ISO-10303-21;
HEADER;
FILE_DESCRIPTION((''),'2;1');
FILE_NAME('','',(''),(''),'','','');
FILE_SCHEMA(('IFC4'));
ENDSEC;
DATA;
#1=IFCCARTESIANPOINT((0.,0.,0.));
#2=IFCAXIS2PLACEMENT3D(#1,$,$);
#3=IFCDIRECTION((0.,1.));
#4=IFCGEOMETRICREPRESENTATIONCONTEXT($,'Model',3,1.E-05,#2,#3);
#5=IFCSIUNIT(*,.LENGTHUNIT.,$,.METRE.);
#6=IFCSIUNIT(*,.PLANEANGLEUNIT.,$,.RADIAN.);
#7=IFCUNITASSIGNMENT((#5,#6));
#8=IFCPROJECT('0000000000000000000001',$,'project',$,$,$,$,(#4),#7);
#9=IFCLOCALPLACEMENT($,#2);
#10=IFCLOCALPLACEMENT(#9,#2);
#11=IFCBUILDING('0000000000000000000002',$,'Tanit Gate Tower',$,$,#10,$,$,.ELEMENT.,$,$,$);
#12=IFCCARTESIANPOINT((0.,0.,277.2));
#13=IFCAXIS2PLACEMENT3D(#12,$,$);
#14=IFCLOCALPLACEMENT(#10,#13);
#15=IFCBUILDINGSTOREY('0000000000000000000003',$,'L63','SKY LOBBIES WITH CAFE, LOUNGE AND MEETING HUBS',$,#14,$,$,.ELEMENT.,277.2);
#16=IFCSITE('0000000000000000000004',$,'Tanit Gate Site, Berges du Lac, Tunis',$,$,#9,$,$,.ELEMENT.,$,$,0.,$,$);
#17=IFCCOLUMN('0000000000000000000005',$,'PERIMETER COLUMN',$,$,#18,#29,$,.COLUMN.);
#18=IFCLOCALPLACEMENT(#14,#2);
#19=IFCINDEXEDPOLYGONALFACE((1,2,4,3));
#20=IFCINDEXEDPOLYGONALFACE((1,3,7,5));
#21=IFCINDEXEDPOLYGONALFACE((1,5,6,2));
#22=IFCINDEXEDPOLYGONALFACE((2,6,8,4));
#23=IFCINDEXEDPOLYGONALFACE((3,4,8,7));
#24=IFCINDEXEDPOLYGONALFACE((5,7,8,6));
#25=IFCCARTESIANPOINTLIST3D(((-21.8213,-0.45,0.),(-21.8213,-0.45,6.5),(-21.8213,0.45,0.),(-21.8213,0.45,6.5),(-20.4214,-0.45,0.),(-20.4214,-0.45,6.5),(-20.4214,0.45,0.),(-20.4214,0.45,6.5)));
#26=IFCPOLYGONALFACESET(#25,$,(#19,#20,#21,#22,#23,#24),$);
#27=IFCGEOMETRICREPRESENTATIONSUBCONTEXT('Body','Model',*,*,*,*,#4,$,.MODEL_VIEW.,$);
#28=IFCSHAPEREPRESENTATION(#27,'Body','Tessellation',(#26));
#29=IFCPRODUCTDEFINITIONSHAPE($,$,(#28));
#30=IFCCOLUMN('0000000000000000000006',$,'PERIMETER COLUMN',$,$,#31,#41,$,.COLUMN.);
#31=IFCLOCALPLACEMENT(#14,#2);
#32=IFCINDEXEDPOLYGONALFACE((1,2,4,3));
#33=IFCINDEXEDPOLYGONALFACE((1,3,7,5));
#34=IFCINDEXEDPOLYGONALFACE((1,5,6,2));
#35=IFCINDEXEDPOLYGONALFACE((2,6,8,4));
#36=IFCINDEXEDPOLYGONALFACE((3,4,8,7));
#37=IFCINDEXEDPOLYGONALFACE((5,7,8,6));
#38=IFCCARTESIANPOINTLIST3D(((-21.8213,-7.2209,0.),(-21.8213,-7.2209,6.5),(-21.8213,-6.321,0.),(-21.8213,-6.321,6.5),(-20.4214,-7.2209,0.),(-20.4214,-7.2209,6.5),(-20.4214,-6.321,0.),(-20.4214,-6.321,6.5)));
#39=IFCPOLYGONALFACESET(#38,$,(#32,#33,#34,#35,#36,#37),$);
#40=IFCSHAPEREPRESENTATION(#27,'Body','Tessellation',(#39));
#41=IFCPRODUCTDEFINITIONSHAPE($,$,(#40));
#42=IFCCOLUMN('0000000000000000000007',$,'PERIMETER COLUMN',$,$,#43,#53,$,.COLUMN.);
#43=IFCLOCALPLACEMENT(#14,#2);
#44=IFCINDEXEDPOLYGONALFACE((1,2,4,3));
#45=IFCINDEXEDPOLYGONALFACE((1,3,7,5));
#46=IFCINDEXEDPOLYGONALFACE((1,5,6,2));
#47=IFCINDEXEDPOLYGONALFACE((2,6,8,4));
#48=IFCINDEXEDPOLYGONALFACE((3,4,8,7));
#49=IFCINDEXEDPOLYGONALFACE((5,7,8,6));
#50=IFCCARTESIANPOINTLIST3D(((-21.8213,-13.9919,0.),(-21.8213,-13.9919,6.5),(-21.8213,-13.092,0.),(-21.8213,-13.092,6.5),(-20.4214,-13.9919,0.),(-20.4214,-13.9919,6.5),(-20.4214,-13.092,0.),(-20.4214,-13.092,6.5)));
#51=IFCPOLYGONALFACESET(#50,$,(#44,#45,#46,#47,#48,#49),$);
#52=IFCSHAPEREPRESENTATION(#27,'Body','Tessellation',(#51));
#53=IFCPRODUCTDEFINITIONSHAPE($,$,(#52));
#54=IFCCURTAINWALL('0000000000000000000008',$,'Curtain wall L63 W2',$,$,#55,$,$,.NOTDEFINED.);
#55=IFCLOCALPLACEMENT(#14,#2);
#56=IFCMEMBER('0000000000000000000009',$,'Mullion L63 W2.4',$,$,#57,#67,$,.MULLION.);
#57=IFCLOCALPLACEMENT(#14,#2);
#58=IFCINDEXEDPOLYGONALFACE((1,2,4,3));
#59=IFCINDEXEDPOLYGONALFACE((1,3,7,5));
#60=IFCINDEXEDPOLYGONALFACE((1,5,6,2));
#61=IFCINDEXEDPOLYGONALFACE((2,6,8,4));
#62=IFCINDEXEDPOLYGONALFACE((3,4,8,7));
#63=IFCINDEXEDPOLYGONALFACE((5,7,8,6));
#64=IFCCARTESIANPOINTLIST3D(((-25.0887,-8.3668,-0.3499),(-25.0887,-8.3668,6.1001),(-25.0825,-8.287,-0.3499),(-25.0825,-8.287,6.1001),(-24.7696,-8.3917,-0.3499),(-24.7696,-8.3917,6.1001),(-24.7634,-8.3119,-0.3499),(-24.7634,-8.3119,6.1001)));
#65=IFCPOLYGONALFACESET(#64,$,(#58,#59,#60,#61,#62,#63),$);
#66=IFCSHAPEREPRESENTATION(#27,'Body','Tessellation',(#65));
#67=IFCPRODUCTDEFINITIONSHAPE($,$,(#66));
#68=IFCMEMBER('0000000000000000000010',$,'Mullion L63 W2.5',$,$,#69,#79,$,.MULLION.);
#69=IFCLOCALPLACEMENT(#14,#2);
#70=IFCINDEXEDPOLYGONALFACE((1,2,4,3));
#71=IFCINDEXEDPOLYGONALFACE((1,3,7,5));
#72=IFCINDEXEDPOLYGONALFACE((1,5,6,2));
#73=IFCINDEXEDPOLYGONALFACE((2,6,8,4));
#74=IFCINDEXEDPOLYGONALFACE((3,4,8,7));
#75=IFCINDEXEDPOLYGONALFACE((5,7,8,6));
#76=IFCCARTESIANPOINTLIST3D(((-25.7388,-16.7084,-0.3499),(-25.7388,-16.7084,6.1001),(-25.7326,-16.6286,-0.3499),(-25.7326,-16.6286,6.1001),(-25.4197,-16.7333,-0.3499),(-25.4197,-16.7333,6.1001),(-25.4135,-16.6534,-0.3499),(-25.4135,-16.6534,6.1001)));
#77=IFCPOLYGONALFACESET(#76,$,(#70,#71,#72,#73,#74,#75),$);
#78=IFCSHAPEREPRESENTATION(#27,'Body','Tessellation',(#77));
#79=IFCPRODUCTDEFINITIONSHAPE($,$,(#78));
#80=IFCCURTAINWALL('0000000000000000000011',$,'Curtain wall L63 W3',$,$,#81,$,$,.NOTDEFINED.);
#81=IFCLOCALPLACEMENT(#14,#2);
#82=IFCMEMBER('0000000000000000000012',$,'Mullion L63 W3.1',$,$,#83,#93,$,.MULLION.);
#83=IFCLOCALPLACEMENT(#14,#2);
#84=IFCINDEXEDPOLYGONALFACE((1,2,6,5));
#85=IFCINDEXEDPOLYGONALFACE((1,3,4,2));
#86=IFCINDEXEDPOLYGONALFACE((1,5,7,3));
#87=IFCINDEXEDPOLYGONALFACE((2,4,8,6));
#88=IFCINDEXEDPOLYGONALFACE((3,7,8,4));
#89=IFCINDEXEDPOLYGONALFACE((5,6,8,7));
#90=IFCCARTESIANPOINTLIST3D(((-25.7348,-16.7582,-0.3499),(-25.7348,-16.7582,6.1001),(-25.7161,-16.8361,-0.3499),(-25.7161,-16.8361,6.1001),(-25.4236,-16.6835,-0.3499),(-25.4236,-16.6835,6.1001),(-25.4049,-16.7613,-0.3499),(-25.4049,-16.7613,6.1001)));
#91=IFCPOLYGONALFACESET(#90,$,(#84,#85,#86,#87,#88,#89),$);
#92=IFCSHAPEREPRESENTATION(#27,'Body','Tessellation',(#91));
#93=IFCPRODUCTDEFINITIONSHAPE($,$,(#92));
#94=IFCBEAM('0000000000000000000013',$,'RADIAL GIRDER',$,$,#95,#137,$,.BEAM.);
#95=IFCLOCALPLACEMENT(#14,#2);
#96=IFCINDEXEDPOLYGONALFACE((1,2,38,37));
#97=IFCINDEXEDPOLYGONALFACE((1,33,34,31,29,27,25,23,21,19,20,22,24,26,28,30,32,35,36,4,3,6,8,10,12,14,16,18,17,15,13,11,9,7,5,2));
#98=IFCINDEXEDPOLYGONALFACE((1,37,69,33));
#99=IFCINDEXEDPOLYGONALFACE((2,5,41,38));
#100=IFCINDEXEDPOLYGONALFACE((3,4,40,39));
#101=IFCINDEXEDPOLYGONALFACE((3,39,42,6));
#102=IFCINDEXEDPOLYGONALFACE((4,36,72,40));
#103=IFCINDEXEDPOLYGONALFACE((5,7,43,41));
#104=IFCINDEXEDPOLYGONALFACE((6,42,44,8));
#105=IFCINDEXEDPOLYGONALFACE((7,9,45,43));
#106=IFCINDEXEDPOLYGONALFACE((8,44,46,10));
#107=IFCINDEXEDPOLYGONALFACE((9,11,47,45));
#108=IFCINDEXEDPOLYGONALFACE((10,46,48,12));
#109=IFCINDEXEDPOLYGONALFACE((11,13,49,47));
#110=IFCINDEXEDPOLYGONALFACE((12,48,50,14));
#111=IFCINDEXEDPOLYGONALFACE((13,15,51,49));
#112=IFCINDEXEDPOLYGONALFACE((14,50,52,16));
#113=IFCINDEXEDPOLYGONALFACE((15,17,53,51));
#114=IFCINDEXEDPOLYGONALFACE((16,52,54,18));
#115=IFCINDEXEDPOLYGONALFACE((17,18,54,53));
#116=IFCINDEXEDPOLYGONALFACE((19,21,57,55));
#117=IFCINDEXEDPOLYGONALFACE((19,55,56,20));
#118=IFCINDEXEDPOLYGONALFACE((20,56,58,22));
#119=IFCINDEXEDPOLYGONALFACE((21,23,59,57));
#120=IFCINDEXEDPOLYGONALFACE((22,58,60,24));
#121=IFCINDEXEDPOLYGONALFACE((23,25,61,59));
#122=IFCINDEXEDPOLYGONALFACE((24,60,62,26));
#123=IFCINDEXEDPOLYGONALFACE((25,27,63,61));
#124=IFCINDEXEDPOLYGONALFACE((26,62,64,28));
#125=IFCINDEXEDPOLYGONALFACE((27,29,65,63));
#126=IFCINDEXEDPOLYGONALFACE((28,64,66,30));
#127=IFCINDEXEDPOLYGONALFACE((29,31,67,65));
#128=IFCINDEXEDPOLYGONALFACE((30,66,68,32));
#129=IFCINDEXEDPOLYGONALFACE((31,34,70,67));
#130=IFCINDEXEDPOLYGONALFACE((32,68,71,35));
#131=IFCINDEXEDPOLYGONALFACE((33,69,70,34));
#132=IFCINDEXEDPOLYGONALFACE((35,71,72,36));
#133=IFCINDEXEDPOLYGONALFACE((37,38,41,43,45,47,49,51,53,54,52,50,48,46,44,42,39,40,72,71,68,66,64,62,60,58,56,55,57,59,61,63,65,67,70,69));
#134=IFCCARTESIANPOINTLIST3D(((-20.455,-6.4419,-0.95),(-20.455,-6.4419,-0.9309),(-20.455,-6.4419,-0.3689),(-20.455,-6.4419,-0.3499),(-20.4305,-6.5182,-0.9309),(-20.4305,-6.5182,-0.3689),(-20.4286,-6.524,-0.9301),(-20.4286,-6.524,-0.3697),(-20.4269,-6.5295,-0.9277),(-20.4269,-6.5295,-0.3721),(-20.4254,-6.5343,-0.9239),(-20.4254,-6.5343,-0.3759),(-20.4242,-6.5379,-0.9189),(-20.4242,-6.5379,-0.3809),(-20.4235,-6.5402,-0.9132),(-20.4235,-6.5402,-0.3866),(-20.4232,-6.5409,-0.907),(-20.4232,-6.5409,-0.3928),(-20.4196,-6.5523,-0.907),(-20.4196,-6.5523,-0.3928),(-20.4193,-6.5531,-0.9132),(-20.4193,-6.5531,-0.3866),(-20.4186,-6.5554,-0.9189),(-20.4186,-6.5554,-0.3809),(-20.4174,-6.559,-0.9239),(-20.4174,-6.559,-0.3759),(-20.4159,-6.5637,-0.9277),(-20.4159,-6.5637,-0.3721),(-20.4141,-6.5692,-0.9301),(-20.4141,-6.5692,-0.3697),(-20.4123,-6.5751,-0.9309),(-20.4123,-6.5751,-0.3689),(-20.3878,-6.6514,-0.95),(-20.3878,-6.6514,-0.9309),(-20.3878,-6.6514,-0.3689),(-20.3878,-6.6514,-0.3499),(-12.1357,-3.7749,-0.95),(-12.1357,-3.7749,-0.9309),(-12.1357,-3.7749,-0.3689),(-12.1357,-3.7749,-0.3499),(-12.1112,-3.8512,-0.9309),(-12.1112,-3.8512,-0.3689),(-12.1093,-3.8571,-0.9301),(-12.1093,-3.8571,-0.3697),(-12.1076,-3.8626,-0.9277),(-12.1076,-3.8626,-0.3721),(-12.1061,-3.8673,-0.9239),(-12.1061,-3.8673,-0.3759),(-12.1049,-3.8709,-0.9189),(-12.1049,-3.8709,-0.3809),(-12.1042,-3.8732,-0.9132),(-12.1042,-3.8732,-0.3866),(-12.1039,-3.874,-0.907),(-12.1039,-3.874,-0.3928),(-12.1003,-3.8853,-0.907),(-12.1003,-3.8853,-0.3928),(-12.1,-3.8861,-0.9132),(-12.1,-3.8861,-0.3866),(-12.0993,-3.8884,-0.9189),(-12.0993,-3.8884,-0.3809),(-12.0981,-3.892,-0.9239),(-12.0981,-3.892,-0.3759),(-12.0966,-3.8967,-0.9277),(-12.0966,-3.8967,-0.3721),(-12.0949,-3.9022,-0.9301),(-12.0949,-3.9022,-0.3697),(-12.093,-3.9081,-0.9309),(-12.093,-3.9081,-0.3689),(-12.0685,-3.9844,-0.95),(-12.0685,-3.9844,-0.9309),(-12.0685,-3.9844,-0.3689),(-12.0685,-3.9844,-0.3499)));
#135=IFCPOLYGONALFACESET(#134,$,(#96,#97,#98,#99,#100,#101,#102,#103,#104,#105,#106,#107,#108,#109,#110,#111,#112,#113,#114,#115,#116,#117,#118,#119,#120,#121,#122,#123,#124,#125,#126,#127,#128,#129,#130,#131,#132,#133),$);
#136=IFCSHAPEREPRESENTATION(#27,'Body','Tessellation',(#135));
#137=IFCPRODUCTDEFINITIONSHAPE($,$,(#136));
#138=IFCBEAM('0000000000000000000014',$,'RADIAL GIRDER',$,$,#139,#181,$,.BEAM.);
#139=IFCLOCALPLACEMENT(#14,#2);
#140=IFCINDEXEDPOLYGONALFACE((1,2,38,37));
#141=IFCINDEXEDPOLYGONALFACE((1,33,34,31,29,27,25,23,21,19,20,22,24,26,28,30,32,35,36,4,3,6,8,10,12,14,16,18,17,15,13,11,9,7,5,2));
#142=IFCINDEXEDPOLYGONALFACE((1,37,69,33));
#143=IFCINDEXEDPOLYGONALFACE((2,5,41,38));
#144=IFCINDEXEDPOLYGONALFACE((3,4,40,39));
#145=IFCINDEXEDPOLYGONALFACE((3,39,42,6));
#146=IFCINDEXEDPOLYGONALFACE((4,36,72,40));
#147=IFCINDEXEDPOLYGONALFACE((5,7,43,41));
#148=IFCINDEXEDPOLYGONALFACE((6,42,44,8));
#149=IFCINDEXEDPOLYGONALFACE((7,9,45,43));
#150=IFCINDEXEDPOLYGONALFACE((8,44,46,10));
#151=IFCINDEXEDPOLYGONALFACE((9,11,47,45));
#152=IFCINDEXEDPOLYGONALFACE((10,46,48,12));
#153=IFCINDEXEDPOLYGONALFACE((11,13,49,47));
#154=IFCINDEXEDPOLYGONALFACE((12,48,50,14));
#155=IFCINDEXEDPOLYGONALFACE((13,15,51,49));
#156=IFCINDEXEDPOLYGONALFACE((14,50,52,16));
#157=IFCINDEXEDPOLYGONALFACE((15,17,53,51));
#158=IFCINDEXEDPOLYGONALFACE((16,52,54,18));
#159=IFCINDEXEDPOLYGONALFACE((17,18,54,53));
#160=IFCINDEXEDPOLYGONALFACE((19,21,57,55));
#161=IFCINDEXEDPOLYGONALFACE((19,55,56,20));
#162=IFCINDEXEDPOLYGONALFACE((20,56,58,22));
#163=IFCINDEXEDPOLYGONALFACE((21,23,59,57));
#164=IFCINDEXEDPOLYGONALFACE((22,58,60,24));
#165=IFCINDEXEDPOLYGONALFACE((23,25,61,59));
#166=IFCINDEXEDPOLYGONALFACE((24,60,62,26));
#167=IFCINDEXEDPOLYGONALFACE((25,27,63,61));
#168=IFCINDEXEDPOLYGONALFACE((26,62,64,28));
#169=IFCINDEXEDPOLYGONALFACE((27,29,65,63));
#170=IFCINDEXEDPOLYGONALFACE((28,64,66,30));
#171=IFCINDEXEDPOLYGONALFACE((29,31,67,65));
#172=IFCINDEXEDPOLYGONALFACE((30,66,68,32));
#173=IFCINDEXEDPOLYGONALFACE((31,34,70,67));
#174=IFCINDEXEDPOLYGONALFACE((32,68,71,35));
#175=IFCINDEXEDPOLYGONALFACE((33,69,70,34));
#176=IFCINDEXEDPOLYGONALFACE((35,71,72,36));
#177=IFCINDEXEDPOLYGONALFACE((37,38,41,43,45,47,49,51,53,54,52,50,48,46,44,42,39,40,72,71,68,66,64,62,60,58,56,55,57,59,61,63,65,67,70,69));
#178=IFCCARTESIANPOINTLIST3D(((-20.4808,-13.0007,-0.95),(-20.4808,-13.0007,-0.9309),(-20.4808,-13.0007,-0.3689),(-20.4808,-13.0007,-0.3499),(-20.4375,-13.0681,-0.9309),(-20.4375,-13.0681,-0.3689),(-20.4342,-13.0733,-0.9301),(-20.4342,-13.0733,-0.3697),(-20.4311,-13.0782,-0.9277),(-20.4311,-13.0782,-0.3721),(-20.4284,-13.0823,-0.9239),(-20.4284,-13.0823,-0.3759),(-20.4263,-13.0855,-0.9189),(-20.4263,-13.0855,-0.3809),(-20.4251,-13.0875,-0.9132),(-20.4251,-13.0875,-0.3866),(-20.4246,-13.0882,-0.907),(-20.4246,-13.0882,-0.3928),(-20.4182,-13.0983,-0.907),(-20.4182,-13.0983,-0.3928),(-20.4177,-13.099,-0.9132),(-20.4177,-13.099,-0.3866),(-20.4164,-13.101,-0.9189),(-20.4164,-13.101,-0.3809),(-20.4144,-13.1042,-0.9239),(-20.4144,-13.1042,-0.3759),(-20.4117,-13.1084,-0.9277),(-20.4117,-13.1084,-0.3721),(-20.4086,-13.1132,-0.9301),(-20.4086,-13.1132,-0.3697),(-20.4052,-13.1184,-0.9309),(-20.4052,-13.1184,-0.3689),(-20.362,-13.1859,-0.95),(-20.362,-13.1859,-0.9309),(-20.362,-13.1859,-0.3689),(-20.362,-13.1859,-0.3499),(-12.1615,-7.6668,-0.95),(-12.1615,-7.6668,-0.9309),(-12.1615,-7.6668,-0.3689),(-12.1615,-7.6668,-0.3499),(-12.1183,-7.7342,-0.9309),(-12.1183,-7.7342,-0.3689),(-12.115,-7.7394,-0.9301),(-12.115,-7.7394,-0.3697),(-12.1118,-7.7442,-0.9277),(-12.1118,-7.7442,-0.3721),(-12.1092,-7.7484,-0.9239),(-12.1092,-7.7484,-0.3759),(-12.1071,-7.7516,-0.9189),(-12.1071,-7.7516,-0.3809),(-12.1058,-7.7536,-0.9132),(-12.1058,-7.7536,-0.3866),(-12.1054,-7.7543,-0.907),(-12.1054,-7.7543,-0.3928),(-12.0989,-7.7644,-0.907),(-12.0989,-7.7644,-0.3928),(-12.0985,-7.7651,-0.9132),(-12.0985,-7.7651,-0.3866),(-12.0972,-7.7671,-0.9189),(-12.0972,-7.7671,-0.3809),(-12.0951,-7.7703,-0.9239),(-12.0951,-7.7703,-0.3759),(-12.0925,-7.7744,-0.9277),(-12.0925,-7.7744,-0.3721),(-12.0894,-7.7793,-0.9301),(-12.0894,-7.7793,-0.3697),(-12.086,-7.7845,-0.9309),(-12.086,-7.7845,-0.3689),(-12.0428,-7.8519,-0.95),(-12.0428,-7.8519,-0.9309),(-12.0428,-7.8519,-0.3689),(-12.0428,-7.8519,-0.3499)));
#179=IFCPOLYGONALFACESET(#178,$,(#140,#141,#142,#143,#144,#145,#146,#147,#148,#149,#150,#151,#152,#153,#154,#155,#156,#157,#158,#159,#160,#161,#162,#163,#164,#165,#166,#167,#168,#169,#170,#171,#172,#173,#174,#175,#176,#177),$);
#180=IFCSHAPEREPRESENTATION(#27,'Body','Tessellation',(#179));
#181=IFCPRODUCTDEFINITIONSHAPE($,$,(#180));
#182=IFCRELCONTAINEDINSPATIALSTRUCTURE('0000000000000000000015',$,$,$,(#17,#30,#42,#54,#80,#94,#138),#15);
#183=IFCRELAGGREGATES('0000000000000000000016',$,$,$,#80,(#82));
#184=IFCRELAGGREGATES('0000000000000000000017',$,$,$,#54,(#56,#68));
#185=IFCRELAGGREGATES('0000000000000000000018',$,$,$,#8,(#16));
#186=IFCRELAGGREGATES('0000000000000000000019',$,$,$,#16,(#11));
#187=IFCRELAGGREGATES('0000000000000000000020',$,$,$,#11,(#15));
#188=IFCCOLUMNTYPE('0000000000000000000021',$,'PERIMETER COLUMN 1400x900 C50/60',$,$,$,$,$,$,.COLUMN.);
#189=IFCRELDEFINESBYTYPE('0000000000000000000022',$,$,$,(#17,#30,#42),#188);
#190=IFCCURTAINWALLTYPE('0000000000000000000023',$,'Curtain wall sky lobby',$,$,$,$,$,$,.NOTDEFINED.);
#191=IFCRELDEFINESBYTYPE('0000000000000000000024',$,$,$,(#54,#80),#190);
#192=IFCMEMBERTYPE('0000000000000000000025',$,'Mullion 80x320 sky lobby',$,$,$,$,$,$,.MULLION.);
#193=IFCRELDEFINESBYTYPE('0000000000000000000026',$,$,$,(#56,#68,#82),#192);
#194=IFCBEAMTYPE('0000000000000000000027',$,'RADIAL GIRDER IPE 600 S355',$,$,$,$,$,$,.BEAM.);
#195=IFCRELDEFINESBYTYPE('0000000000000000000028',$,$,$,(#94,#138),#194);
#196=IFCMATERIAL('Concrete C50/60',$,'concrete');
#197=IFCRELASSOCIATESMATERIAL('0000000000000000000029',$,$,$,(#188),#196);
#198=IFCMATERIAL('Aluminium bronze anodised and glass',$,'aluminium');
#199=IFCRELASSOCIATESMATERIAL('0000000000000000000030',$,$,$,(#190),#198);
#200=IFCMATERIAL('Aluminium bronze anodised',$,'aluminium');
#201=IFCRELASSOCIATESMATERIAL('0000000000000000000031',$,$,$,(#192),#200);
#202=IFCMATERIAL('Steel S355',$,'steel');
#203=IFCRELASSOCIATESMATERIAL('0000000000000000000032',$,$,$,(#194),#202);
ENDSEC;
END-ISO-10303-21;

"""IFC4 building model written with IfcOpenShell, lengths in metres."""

from ifc_helpers import new_model, si_unit, direction, frame, origin, origin_2d, place, context, subcontext, project, spatial, rectangle, i_section, extrude, material, material_profile, profile_set, type_object, element, aggregate, save


model = new_model("IFC4")

# Units and contexts
model_context = context("Model", 3, precision=1e-05, world=origin(), true_north=direction((0.0, 1.0)))
body_context = subcontext(model_context, "Body", "Model", "MODEL_VIEW")
ifc_project = project(units=[si_unit("LENGTHUNIT", "METRE"), si_unit("PLANEANGLEUNIT", "RADIAN")], contexts=[model_context])

# Site, building, storey
site_placement = place(None, origin())
site = spatial("IfcSite", under=ifc_project, at=site_placement, Name="Tanit Gate Site, Berges du Lac, Tunis", CompositionType="ELEMENT", RefElevation=0.0)
building_placement = place(site_placement, origin())
building = spatial("IfcBuilding", under=site, at=building_placement, Name="Tanit Gate Tower", CompositionType="ELEMENT")
storey_placement = place(building_placement, frame((0.0, 0.0, 277.2)))
storey = spatial("IfcBuildingStorey", under=building, at=storey_placement, Name="L63", Description="SKY LOBBIES WITH CAFE, LOUNGE AND MEETING HUBS", CompositionType="ELEMENT", Elevation=277.2)

# Columns
ifc_material_1 = material(Name="Concrete C50/60", Category="concrete")
ifc_material_profile_1 = material_profile(ifc_material_1, rectangle(XDim=1.3999, YDim=0.8999, at=origin_2d()), Name="RC 1400x900")
ifc_profile_set_1 = profile_set([ifc_material_profile_1], Name="Concrete C50/60")
column_type = type_object("IfcColumnType", Name="PERIMETER COLUMN 1400x900 C50/60", PredefinedType="COLUMN", material=ifc_profile_set_1)
for number, where, z_axis, x_axis, name in (
    (1, (-21.1213, 0.0, 0.0), (0.0, 0.0, 1.0), (-1.0, 0.0, 0.0), "PERIMETER COLUMN"),
    (2, (-21.1213, -6.771, 0.0), (0.0, 0.0, 1.0), (-1.0, 0.0, 0.0), "PERIMETER COLUMN"),
    (3, (-21.1213, -13.542, 0.0), (0.0, 0.0, 1.0), (-1.0, 0.0, 0.0), "PERIMETER COLUMN"),
):
    element("IfcColumn", number, at=place(storey_placement, frame(where, z_axis=z_axis, x_axis=x_axis)), inside=storey, type_object=column_type, Name=name, PredefinedType="COLUMN", context=body_context, shape_type="SweptSolid", body=[
        extrude(rectangle(XDim=1.3999, YDim=0.8999, at=origin_2d()), origin(), (0.0, 0.0, 1.0), 6.5),
    ])

# Curtain wall, members
ifc_material_2 = material(Name="Aluminium bronze anodised and glass", Category="aluminium")
curtain_wall_type = type_object("IfcCurtainWallType", Name="Curtain wall sky lobby", PredefinedType="NOTDEFINED", material=ifc_material_2)
curtain_wall_1_placement = place(storey_placement, origin())
curtain_wall_1 = element("IfcCurtainWall", 4, at=curtain_wall_1_placement, inside=storey, type_object=curtain_wall_type, Name="Curtain wall L63 W2", PredefinedType="NOTDEFINED")
ifc_material_3 = material(Name="Aluminium bronze anodised", Category="aluminium")
ifc_material_profile_2 = material_profile(ifc_material_3, rectangle(XDim=0.3201, YDim=0.0801, at=origin_2d()), Name="80x320 bronze mullion")
ifc_profile_set_2 = profile_set([ifc_material_profile_2], Name="Aluminium bronze anodised")
member_type_1 = type_object("IfcMemberType", Name="Mullion 80x320 sky lobby", PredefinedType="MULLION", material=ifc_profile_set_2)
member_1_placement = place(storey_placement, frame((-24.926, -8.3394, -0.3499), z_axis=(0.0, 0.0, 1.0), x_axis=(0.996977, -0.077701, 0.0)))
member_1 = element("IfcMember", 5, at=member_1_placement, type_object=member_type_1, Name="Mullion L63 W2.4", PredefinedType="MULLION", context=body_context, shape_type="SweptSolid", body=[
    extrude(rectangle(XDim=0.3201, YDim=0.0801, at=origin_2d()), origin(), (0.0, 0.0, 1.0), 6.45),
])
member_2_placement = place(storey_placement, frame((-25.5762, -16.6809, -0.3499), z_axis=(0.0, 0.0, 1.0), x_axis=(0.996977, -0.077701, 0.0)))
member_2 = element("IfcMember", 6, at=member_2_placement, type_object=member_type_1, Name="Mullion L63 W2.5", PredefinedType="MULLION", context=body_context, shape_type="SweptSolid", body=[
    extrude(rectangle(XDim=0.3201, YDim=0.0801, at=origin_2d()), origin(), (0.0, 0.0, 1.0), 6.45),
])

# Curtain wall, member
curtain_wall_2_placement = place(storey_placement, origin())
curtain_wall_2 = element("IfcCurtainWall", 7, at=curtain_wall_2_placement, inside=storey, type_object=curtain_wall_type, Name="Curtain wall L63 W3", PredefinedType="NOTDEFINED")
member_3_placement = place(storey_placement, frame((-25.5698, -16.7598, -0.3499), z_axis=(0.0, 0.0, 1.0), x_axis=(0.972347, 0.233542, 0.0)))
member_3 = element("IfcMember", 8, at=member_3_placement, type_object=member_type_1, Name="Mullion L63 W3.1", PredefinedType="MULLION", context=body_context, shape_type="SweptSolid", body=[
    extrude(rectangle(XDim=0.3201, YDim=0.0801, at=origin_2d()), origin(), (0.0, 0.0, 1.0), 6.45),
])

# Beams
ifc_material_4 = material(Name="Steel S355", Category="steel")
ifc_material_profile_3 = material_profile(ifc_material_4, i_section(OverallWidth=0.22, OverallDepth=0.6001, WebThickness=0.012, FlangeThickness=0.019, FilletRadius=0.0239, at=origin_2d()), Name="IPE 600")
ifc_profile_set_3 = profile_set([ifc_material_profile_3], Name="Steel S355")
beam_type = type_object("IfcBeamType", Name="RADIAL GIRDER IPE 600 S355", PredefinedType="BEAM", material=ifc_profile_set_3)
beam_1_placement = place(storey_placement, frame((-20.4214, -6.5466, -0.6499), z_axis=(0.952264, 0.305275, 0.0), x_axis=(-0.305275, 0.952264, 0.0)))
element("IfcBeam", 9, at=beam_1_placement, inside=storey, type_object=beam_type, Name="RADIAL GIRDER", PredefinedType="BEAM", context=body_context, shape_type="SweptSolid", body=[
    extrude(i_section(OverallWidth=0.22, OverallDepth=0.6001, WebThickness=0.012, FlangeThickness=0.019, FilletRadius=0.0239, at=origin_2d()), origin(), (0.0, 0.0, 1.0), 8.7363),
])
beam_2_placement = place(storey_placement, frame((-20.4214, -13.0933, -0.6499), z_axis=(0.84183, 0.539743, 0.0), x_axis=(-0.539743, 0.84183, 0.0)))
element("IfcBeam", 10, at=beam_2_placement, inside=storey, type_object=beam_type, Name="RADIAL GIRDER", PredefinedType="BEAM", context=body_context, shape_type="SweptSolid", body=[
    extrude(i_section(OverallWidth=0.22, OverallDepth=0.6001, WebThickness=0.012, FlangeThickness=0.019, FilletRadius=0.0239, at=origin_2d()), origin(), (0.0, 0.0, 1.0), 9.8823),
])

aggregate(curtain_wall_2, [member_3])

aggregate(curtain_wall_1, [member_1, member_2])

save(model, "model.ifc")
